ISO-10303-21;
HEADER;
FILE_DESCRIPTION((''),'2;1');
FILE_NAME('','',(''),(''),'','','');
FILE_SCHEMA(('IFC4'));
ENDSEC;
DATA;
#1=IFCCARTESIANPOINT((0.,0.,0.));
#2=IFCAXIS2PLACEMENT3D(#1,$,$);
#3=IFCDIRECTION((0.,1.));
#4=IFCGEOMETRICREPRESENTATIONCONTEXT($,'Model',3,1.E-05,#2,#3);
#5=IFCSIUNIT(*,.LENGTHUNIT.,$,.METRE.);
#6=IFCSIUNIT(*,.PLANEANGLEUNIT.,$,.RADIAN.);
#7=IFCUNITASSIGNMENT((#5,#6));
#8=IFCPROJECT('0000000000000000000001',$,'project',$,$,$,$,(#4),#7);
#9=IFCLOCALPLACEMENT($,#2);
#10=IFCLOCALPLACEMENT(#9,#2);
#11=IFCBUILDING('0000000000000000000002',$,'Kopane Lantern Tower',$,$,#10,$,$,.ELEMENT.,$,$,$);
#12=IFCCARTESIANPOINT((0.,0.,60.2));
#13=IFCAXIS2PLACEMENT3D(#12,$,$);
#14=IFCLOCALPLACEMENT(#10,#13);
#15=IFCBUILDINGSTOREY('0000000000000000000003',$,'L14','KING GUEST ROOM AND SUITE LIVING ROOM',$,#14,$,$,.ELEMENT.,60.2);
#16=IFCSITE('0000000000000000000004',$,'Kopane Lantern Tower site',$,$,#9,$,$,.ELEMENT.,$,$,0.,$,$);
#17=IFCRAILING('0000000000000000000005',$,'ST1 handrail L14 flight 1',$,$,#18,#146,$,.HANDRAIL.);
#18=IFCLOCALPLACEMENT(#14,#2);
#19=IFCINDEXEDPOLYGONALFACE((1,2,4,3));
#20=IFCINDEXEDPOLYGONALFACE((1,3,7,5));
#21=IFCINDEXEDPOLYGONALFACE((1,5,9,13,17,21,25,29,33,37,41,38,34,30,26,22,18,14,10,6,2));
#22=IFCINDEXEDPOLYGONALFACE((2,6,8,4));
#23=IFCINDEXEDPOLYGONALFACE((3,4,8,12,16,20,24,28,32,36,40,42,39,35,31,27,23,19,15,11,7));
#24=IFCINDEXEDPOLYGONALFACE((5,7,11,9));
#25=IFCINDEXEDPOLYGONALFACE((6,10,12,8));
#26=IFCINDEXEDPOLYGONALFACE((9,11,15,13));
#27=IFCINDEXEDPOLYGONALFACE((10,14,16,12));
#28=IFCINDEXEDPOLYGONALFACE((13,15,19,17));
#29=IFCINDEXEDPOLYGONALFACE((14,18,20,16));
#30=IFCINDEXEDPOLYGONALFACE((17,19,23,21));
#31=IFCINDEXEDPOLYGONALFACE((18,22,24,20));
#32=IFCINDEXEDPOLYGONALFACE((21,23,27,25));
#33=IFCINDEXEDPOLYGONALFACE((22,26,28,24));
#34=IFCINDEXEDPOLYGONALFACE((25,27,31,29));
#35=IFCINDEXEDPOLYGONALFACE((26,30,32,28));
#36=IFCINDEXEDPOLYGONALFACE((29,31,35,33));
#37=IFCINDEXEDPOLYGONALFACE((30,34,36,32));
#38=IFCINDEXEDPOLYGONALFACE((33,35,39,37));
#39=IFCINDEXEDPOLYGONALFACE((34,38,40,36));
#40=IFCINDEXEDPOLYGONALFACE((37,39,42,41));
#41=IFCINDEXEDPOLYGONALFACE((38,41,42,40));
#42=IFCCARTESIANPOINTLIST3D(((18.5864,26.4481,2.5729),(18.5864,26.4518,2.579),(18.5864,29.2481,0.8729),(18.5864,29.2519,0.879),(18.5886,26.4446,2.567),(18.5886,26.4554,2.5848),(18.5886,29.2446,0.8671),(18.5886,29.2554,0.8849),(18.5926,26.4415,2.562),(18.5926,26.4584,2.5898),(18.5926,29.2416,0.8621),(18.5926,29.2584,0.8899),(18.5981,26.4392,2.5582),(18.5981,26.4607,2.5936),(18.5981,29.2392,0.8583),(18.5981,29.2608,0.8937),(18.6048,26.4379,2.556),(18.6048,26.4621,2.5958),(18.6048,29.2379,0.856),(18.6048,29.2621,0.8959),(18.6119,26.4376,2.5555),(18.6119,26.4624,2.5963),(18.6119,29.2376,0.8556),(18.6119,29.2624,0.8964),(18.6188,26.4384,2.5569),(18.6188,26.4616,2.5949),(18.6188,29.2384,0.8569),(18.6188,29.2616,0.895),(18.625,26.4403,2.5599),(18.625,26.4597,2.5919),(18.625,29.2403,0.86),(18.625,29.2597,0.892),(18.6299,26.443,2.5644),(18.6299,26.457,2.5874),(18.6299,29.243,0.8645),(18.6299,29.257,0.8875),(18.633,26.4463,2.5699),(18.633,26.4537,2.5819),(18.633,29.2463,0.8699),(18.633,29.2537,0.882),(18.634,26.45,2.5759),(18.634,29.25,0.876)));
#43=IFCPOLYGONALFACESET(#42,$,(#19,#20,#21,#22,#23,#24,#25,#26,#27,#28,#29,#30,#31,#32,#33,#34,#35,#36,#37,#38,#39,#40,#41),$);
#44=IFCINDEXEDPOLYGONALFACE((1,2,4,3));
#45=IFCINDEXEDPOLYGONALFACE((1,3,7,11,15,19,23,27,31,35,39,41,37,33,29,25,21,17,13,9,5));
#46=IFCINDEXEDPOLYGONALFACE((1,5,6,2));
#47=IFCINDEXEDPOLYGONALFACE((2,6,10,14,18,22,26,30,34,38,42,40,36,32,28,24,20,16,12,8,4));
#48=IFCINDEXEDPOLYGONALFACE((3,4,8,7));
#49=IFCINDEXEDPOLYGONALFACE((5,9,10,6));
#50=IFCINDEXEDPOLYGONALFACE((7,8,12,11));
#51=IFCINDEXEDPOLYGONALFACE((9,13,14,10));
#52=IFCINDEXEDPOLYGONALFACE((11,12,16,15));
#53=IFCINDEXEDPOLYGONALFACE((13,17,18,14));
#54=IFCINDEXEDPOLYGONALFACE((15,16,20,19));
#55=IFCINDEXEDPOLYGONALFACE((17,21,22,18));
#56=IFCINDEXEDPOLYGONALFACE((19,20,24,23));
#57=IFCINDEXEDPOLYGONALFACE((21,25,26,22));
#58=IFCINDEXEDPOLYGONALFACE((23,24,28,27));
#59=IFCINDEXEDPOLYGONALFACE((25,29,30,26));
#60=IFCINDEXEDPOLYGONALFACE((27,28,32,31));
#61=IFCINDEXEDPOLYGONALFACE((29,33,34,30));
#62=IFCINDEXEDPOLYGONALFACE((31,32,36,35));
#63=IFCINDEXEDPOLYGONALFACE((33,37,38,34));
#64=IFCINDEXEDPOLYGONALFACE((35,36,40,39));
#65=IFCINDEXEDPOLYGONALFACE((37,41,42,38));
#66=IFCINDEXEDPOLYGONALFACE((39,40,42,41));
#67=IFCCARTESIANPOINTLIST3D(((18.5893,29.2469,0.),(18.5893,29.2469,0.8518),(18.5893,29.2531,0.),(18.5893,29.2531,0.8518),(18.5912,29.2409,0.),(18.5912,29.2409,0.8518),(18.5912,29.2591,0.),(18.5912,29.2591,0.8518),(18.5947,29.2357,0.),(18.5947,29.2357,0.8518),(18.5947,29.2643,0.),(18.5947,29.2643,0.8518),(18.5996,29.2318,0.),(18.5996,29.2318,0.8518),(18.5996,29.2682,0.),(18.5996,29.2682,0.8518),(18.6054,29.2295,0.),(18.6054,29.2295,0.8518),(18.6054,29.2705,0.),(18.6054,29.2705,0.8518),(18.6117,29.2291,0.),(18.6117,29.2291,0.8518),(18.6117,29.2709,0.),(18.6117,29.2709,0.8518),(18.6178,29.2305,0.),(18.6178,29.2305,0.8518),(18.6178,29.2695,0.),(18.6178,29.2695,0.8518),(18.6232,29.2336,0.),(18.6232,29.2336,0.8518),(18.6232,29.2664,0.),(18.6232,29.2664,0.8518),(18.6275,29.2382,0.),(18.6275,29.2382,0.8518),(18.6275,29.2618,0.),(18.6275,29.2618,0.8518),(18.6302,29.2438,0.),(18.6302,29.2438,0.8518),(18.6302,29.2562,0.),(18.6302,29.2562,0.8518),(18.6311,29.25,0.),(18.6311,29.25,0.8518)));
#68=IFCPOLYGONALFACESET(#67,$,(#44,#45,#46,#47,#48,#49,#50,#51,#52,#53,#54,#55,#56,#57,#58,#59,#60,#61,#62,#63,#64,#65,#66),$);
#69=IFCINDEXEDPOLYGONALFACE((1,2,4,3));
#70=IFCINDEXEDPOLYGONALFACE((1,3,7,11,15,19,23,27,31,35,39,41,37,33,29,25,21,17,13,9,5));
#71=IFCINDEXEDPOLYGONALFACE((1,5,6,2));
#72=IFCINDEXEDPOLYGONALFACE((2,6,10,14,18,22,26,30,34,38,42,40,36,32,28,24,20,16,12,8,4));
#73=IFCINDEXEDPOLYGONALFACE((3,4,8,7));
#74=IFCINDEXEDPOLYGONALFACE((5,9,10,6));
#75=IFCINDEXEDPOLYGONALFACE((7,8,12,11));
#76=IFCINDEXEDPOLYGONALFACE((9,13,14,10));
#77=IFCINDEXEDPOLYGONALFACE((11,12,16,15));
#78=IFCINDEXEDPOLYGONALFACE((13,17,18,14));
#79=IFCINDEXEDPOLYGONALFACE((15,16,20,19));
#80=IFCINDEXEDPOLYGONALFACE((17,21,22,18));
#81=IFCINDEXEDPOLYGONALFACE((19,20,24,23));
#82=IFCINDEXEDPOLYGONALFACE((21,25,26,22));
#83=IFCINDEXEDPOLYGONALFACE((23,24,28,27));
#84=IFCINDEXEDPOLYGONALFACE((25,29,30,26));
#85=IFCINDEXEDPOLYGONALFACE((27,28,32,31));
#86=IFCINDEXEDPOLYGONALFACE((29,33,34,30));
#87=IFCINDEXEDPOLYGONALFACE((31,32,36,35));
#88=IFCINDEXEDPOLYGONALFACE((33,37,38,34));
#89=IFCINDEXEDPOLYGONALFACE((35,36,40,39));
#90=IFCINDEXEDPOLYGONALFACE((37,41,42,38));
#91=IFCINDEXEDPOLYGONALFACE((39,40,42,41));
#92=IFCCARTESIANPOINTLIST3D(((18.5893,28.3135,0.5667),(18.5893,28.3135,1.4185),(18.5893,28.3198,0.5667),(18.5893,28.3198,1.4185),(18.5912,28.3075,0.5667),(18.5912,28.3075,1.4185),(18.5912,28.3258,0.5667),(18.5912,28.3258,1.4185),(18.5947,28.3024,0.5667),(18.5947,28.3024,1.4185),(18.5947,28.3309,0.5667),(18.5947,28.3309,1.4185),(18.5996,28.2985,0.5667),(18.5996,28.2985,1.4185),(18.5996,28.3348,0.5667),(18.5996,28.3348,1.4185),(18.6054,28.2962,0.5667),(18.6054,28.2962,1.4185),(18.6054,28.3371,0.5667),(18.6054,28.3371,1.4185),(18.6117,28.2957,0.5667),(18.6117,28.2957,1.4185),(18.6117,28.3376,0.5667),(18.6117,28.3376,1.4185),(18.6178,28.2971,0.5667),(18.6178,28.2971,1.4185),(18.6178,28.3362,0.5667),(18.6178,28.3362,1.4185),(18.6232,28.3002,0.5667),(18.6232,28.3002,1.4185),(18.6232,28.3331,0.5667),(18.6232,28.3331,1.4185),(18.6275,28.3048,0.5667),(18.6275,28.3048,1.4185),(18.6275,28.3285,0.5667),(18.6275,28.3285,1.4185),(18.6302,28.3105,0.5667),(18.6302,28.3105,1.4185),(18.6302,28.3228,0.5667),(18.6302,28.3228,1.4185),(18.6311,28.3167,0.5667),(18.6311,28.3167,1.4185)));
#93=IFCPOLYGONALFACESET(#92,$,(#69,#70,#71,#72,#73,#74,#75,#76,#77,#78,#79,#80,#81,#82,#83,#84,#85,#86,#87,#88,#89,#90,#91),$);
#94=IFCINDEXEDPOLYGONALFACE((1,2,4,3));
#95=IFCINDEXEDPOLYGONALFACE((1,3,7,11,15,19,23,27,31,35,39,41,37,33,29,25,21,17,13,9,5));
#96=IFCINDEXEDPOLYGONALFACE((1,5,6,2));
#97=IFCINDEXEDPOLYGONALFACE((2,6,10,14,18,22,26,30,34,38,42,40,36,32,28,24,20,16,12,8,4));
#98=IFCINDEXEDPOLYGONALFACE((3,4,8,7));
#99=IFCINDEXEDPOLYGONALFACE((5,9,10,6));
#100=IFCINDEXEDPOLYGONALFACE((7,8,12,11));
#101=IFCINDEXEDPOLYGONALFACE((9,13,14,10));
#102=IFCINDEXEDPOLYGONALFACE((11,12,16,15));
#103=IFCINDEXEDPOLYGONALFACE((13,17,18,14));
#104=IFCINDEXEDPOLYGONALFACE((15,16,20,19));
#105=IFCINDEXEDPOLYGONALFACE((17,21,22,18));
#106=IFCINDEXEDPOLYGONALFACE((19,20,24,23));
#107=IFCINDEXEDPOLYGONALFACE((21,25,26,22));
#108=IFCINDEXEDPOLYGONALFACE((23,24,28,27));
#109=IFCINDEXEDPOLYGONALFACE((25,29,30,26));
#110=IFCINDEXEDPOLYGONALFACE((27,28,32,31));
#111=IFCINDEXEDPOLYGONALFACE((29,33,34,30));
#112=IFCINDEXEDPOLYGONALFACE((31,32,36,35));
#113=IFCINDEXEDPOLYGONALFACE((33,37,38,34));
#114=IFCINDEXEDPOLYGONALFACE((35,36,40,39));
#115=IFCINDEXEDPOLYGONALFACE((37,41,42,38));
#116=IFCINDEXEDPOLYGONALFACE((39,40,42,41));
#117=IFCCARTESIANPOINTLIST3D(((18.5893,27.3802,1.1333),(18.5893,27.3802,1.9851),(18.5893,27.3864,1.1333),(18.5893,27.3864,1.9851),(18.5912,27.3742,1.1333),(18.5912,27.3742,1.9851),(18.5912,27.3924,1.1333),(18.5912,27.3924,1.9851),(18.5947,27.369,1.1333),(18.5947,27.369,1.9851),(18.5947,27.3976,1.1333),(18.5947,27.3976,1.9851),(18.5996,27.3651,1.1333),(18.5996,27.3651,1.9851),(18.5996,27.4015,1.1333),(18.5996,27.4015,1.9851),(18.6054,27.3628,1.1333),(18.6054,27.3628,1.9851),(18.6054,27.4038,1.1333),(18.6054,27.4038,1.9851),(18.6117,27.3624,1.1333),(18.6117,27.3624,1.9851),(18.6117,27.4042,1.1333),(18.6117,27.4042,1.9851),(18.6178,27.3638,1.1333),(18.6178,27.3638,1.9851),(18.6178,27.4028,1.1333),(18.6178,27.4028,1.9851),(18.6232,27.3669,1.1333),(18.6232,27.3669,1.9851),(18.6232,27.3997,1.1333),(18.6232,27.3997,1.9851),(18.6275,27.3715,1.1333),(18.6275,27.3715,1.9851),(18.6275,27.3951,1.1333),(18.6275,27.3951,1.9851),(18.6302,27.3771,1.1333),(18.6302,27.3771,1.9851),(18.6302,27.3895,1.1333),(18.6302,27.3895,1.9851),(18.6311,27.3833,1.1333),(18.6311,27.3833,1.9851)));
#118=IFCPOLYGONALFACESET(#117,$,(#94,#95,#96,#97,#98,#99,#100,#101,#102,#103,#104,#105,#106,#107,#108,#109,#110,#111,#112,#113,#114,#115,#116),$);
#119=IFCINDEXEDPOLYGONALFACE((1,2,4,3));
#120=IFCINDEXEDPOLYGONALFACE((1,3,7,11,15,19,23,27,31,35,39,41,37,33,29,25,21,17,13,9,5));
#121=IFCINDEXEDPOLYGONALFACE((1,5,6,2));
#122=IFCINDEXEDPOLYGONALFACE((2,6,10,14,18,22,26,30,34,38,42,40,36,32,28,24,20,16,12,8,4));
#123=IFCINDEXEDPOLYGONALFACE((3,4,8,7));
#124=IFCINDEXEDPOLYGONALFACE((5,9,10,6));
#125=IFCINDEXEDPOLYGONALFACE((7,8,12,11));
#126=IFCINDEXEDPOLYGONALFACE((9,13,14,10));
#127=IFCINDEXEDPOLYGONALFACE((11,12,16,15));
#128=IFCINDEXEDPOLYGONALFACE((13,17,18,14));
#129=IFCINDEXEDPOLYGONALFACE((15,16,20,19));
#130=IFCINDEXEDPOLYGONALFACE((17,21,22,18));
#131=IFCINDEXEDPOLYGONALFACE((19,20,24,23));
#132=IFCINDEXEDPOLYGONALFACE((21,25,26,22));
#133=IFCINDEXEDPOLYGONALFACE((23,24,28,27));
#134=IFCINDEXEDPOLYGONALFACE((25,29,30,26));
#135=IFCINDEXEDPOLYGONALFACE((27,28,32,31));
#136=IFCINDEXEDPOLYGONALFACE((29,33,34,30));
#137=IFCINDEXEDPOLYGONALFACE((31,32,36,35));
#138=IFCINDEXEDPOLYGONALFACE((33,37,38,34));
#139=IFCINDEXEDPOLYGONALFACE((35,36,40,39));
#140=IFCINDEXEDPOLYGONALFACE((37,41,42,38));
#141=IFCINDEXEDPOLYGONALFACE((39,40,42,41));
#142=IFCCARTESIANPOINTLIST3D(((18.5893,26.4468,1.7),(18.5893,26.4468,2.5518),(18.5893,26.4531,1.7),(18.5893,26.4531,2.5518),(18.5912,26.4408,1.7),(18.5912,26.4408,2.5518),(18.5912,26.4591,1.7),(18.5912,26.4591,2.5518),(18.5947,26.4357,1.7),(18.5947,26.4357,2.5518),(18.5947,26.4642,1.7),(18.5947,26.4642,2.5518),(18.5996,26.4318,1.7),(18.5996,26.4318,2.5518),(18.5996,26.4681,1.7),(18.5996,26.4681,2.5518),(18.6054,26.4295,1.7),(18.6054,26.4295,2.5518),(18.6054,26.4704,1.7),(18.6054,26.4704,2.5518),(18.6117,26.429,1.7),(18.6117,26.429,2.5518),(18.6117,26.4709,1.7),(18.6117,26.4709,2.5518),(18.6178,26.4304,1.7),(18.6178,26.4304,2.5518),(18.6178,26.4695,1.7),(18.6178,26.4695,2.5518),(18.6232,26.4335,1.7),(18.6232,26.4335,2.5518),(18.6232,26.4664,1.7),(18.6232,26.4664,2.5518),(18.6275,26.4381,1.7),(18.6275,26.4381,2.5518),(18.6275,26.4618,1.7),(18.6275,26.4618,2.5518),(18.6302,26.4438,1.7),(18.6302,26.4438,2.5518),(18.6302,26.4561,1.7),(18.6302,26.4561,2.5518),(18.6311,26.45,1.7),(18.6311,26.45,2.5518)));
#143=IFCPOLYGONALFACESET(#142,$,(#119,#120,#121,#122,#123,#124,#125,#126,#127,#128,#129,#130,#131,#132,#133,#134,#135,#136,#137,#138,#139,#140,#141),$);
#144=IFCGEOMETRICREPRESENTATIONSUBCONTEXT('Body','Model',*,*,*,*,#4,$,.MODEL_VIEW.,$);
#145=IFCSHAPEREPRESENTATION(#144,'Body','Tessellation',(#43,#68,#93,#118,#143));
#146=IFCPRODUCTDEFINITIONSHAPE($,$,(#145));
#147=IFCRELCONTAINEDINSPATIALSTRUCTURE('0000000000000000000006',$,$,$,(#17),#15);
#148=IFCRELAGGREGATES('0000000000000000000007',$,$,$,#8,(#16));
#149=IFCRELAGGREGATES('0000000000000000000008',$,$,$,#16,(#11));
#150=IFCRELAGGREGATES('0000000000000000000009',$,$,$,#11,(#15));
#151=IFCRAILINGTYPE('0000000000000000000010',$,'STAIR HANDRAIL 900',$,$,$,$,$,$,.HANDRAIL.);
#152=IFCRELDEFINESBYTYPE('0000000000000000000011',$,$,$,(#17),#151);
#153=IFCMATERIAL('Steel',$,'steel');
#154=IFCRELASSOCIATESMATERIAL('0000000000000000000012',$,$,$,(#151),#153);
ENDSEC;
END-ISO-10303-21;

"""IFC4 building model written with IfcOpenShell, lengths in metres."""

from ifc_helpers import new_model, si_unit, direction, frame, origin, origin_2d, place, context, subcontext, project, spatial, circle, extrude, material, type_object, element, save


model = new_model("IFC4")

# Units and contexts
model_context = context("Model", 3, precision=1e-05, world=origin(), true_north=direction((0.0, 1.0)))
body_context = subcontext(model_context, "Body", "Model", "MODEL_VIEW")
ifc_project = project(units=[si_unit("LENGTHUNIT", "METRE"), si_unit("PLANEANGLEUNIT", "RADIAN")], contexts=[model_context])

# Site, building, storey
site_placement = place(None, origin())
site = spatial("IfcSite", under=ifc_project, at=site_placement, Name="Kopane Lantern Tower site", CompositionType="ELEMENT", RefElevation=0.0)
building_placement = place(site_placement, origin())
building = spatial("IfcBuilding", under=site, at=building_placement, Name="Kopane Lantern Tower", CompositionType="ELEMENT")
storey_placement = place(building_placement, frame((0.0, 0.0, 60.2)))
storey = spatial("IfcBuildingStorey", under=building, at=storey_placement, Name="L14", Description="KING GUEST ROOM AND SUITE LIVING ROOM", CompositionType="ELEMENT", Elevation=60.2)

# Railing
ifc_material_1 = material(Name="Steel", Category="steel")
railing_type_1 = type_object("IfcRailingType", Name="STAIR HANDRAIL 900", PredefinedType="HANDRAIL", material=ifc_material_1)
for number, where, name in (
    (1, (18.6101, 29.25, 0.0), "ST1 handrail L14 flight 1"),
):
    element("IfcRailing", number, at=place(storey_placement, frame(where)), inside=storey, type_object=railing_type_1, Name=name, PredefinedType="HANDRAIL", context=body_context, shape_type="SweptSolid", body=[
        extrude(circle(Radius=0.0239, at=origin_2d()), frame((0.0, 0.0, 0.876), z_axis=(0.0, -0.854798, 0.518961), x_axis=(1.0, 0.0, 0.0)), (0.0, 0.0, 1.0), 3.2756),
        extrude(circle(Radius=0.021, at=origin_2d()), origin(), (0.0, 0.0, 1.0), 0.8518),
        extrude(circle(Radius=0.021, at=origin_2d()), frame((0.0, -0.9333, 0.5667)), (0.0, 0.0, 1.0), 0.8518),
        extrude(circle(Radius=0.021, at=origin_2d()), frame((0.0, -1.8667, 1.1333)), (0.0, 0.0, 1.0), 0.8518),
        extrude(circle(Radius=0.021, at=origin_2d()), frame((0.0, -2.8, 1.7)), (0.0, 0.0, 1.0), 0.8518),
    ])

save(model, "model.ifc")
